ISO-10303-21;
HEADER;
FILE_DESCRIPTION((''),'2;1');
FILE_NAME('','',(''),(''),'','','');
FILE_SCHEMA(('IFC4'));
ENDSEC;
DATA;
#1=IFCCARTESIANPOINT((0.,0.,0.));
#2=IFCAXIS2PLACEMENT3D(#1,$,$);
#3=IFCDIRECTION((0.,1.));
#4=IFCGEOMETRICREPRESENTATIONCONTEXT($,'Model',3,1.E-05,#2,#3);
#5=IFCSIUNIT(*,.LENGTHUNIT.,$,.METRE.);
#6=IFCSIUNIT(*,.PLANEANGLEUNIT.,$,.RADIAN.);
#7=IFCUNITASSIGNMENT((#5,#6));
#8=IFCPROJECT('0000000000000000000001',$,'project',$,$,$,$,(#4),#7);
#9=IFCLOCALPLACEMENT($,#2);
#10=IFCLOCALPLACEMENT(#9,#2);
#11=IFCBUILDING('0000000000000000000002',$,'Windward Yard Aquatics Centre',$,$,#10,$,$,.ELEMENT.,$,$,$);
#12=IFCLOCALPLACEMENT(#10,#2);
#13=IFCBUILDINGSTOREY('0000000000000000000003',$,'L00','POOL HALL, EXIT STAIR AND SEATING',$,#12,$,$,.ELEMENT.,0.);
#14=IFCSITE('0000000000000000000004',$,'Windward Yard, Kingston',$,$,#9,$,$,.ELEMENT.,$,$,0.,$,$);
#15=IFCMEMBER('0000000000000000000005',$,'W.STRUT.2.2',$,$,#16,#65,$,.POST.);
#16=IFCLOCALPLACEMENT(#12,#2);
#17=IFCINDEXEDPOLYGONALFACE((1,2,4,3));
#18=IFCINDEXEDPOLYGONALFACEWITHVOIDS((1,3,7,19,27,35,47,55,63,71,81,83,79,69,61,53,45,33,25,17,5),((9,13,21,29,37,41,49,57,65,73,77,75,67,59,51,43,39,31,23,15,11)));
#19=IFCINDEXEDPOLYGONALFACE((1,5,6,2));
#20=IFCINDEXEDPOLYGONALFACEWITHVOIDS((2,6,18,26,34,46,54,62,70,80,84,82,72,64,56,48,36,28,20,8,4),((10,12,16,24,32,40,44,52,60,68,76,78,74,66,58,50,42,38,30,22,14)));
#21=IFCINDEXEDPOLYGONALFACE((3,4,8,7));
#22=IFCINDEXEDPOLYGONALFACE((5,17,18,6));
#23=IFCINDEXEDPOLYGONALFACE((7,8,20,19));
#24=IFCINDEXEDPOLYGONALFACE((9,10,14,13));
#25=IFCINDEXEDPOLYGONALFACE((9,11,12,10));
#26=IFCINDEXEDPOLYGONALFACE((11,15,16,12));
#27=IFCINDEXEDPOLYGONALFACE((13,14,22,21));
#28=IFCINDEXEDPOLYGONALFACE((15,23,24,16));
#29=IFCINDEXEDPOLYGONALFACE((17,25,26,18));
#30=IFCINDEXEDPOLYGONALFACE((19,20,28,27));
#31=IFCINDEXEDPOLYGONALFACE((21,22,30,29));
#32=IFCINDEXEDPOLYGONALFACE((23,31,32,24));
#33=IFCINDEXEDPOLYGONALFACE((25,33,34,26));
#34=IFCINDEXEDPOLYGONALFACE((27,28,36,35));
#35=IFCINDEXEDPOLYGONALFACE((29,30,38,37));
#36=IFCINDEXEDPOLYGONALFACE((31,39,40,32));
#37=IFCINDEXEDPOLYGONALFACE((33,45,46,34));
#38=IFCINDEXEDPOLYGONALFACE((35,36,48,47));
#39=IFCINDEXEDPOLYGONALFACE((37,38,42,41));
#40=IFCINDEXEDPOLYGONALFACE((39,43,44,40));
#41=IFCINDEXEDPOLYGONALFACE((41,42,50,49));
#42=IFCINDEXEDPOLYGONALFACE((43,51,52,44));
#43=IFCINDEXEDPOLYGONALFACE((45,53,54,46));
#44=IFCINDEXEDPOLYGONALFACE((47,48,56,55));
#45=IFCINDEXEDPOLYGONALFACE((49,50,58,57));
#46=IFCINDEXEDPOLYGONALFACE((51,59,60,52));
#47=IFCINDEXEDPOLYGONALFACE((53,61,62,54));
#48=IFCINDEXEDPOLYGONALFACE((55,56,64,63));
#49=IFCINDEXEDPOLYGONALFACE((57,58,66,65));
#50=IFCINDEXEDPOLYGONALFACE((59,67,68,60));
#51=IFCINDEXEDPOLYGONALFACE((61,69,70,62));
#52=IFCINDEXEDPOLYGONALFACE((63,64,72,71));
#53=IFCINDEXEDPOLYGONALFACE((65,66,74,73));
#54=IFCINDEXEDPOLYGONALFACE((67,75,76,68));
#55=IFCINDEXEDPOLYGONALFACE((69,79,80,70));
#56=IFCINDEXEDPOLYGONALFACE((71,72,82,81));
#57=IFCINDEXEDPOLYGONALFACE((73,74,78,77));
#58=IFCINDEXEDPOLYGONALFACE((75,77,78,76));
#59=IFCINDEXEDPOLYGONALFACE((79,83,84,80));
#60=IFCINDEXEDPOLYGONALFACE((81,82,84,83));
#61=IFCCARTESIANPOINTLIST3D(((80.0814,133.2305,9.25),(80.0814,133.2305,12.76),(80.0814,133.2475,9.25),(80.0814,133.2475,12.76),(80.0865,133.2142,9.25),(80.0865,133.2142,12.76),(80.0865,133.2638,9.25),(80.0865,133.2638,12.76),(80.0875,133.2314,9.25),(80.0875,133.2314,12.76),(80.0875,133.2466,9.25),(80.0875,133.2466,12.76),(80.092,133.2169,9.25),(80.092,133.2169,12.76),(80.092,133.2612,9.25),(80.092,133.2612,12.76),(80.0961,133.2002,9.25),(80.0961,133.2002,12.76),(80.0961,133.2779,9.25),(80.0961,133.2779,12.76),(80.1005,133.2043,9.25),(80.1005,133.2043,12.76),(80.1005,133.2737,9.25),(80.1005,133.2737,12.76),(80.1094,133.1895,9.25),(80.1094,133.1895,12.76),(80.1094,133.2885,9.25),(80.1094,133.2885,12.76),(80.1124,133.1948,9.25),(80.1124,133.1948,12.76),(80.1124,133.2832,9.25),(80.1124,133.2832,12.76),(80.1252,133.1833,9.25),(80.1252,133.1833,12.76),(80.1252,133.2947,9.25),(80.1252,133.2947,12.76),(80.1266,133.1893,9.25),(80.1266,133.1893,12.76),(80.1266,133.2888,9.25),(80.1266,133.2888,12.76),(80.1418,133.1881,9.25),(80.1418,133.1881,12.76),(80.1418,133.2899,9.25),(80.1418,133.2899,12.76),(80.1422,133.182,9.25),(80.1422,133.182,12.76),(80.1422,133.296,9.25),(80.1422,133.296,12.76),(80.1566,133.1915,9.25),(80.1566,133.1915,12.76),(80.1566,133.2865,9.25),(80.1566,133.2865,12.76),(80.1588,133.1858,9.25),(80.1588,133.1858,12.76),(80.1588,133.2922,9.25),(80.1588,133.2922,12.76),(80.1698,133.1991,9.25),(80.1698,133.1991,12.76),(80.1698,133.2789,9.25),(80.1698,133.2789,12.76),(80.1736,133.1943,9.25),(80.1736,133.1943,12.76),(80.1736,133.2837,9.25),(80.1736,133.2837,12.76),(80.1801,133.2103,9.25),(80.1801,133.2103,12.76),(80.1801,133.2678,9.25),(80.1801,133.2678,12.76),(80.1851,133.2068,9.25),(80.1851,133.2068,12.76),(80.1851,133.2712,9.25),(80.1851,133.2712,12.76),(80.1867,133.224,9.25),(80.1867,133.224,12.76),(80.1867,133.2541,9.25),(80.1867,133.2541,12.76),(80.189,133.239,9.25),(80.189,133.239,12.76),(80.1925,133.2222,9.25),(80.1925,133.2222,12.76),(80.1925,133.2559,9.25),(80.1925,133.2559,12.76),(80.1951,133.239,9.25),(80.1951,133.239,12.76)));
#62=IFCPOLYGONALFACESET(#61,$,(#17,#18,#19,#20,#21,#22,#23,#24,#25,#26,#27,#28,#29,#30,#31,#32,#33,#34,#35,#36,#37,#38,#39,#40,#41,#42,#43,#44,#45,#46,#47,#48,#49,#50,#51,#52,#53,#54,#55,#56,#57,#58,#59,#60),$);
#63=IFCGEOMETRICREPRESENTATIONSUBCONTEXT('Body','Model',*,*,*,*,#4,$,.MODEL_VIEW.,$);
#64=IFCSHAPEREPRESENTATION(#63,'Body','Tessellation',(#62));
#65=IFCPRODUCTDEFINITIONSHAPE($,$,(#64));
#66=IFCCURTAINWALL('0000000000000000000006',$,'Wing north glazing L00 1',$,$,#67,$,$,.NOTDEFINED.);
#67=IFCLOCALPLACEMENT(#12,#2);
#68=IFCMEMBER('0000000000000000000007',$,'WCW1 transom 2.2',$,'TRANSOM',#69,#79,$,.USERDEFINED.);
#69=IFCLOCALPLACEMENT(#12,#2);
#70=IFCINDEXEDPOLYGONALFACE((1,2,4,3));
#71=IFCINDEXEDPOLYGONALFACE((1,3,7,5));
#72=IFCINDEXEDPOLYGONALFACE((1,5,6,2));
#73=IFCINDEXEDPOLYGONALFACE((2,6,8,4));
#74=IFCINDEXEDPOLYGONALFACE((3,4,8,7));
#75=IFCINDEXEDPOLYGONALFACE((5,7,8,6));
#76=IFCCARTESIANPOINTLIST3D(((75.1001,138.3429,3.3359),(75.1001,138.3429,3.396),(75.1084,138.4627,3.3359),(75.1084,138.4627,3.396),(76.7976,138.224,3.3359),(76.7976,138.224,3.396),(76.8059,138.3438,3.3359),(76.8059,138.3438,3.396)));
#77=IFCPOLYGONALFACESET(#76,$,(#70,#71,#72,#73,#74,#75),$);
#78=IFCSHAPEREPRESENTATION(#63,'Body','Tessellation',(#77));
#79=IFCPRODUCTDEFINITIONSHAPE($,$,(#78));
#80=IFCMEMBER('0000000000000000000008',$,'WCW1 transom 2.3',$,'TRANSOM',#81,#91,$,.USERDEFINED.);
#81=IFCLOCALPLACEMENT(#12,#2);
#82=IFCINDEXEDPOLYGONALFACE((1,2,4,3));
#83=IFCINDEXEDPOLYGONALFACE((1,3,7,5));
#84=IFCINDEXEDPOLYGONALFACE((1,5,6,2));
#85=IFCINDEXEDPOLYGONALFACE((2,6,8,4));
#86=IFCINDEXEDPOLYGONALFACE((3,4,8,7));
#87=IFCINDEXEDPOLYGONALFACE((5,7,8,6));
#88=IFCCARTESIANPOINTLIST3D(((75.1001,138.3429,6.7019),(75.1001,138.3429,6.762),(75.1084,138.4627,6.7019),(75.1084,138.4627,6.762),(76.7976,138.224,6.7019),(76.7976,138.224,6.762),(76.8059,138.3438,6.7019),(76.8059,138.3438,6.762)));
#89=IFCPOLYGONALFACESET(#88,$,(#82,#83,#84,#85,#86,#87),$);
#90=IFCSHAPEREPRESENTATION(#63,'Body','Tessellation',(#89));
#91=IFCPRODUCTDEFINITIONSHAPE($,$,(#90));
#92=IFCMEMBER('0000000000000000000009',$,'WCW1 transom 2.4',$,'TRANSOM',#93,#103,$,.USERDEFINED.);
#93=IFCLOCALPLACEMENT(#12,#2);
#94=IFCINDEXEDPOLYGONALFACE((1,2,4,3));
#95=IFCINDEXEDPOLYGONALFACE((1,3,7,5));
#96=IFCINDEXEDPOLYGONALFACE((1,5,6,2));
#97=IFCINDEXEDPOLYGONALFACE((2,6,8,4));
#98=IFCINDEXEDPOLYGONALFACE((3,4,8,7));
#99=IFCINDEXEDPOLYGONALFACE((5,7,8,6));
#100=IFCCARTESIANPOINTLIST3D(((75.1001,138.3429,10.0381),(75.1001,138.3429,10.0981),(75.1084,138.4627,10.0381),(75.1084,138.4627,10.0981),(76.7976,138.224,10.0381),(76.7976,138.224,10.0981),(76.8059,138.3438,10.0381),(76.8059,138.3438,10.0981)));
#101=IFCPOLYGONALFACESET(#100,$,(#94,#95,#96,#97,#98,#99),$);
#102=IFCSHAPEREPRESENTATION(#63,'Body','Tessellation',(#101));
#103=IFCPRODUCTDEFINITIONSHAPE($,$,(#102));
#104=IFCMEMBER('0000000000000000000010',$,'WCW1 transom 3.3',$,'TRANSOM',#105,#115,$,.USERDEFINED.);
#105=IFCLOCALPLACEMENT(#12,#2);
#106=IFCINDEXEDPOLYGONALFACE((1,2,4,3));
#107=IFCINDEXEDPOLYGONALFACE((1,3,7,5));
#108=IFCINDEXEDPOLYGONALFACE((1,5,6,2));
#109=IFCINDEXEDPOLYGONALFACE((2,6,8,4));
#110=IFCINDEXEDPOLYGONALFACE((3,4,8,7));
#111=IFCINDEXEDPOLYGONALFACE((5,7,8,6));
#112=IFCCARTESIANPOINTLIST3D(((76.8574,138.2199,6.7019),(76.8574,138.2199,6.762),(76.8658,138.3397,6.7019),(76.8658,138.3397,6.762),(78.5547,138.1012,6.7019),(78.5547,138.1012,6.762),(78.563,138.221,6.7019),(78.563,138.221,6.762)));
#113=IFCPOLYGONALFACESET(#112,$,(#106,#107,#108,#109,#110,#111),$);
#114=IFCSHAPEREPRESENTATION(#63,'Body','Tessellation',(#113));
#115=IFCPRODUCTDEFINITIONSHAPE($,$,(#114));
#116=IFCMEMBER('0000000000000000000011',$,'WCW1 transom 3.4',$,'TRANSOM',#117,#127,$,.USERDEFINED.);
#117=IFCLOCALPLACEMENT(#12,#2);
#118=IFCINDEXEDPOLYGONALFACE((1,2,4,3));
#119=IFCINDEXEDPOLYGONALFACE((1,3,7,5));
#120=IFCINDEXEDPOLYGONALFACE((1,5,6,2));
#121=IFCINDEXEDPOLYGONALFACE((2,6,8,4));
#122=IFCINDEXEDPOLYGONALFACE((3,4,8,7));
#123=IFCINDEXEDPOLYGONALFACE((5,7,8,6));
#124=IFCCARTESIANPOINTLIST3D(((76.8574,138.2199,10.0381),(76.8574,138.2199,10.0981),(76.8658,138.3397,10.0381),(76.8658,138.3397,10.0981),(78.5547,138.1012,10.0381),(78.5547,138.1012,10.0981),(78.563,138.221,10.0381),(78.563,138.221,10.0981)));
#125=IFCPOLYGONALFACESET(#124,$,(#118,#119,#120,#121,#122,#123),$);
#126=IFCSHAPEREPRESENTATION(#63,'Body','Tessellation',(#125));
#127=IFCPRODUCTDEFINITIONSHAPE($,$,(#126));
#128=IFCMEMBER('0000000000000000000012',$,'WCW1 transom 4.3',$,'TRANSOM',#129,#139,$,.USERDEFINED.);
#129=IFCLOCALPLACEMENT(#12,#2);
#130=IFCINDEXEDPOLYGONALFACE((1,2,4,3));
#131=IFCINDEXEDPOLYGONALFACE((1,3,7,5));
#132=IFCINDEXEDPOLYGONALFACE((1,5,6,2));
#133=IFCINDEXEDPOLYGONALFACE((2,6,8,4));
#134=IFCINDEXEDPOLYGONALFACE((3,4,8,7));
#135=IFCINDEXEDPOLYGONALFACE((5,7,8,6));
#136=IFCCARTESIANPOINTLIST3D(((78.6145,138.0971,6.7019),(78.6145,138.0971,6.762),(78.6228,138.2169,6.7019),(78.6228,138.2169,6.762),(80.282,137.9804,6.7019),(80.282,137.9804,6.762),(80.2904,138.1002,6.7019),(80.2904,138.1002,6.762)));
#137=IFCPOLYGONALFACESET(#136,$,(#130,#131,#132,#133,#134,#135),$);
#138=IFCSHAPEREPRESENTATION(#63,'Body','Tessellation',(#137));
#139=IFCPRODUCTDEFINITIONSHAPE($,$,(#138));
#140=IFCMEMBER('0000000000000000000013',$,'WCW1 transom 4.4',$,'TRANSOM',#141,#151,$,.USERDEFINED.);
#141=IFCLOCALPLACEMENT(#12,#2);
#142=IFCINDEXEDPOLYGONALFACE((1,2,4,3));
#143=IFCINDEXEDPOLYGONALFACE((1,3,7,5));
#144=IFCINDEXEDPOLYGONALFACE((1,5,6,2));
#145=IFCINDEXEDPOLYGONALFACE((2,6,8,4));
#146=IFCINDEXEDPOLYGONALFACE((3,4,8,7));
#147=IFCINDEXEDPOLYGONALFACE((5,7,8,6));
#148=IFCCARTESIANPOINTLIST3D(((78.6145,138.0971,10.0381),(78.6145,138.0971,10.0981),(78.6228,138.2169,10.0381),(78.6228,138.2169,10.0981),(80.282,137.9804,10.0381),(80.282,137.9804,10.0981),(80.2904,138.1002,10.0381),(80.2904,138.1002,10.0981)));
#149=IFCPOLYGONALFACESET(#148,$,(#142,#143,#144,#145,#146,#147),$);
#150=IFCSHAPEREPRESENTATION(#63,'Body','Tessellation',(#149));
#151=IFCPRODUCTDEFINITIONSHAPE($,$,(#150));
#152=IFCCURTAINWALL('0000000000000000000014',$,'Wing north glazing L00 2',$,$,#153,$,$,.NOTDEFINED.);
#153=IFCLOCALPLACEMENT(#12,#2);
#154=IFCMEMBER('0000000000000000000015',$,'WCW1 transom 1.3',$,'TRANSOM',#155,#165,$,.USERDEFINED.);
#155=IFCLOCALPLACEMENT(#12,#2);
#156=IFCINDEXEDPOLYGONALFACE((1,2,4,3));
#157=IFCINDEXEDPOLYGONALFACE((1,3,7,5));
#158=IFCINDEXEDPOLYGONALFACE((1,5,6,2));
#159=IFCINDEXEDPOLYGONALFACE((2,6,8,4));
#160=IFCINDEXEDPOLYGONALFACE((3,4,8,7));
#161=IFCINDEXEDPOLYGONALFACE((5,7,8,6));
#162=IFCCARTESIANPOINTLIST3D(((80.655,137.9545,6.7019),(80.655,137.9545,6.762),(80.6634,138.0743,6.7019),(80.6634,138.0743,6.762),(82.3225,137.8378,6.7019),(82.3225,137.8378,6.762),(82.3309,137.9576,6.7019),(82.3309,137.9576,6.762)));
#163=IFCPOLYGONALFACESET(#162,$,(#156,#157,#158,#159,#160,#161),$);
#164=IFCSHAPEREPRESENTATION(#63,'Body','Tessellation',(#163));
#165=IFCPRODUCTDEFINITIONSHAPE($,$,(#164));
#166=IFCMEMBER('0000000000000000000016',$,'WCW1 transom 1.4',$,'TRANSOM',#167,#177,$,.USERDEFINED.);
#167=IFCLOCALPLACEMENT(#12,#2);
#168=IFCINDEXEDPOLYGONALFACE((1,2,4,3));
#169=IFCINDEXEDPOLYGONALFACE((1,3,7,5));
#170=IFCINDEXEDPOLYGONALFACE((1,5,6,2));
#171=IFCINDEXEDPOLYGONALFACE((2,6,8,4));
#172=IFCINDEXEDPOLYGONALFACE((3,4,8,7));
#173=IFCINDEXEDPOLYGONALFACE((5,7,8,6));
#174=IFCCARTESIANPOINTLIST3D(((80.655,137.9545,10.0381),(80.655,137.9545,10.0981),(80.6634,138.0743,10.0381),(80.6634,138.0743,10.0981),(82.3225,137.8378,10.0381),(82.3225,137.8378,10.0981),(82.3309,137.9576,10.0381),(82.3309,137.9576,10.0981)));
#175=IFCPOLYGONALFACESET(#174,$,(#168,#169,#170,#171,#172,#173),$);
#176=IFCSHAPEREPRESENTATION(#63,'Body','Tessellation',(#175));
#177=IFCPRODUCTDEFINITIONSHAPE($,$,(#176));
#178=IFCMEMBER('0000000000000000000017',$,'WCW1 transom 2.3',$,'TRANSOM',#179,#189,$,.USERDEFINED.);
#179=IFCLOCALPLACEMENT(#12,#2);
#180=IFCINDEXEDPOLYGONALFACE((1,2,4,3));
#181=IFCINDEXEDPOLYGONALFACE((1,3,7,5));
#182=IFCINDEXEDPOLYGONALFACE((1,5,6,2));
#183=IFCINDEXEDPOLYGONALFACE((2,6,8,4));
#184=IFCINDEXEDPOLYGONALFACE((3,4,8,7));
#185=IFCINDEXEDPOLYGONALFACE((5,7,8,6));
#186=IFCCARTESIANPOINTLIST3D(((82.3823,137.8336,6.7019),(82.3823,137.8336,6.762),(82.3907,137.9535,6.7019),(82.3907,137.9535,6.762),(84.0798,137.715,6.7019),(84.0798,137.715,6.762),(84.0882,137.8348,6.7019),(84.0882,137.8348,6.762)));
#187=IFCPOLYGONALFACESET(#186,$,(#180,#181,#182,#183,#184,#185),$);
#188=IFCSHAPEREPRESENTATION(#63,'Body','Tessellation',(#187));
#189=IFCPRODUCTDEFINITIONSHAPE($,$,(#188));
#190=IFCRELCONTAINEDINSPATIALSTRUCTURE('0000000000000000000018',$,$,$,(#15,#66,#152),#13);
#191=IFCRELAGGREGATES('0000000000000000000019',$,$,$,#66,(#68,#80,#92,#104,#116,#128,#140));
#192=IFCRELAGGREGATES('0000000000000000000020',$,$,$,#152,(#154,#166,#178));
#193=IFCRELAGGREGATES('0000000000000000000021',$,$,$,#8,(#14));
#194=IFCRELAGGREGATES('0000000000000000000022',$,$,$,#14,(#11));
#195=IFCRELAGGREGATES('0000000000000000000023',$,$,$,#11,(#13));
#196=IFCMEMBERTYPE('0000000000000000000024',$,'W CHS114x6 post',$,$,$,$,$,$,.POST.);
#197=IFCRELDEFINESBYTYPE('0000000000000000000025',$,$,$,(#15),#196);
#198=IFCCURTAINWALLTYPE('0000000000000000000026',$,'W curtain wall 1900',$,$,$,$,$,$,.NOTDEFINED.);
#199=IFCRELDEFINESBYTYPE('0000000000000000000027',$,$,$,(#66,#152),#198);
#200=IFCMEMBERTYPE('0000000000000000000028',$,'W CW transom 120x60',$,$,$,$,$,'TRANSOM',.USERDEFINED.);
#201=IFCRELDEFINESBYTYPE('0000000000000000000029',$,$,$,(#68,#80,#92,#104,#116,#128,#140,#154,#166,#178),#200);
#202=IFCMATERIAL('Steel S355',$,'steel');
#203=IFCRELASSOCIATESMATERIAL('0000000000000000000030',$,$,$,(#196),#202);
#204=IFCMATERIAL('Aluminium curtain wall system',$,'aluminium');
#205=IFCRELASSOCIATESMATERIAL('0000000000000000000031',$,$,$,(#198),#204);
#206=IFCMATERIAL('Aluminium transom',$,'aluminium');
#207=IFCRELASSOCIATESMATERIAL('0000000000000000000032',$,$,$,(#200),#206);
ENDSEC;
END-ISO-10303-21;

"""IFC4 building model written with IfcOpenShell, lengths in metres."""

from ifc_helpers import new_model, si_unit, direction, frame, origin, origin_2d, place, context, subcontext, project, spatial, rectangle, hollow_circle, extrude, material, material_profile, profile_set, type_object, element, aggregate, save


model = new_model("IFC4")

# Units and contexts
model_context = context("Model", 3, precision=1e-05, world=origin(), true_north=direction((0.0, 1.0)))
body_context = subcontext(model_context, "Body", "Model", "MODEL_VIEW")
ifc_project = project(units=[si_unit("LENGTHUNIT", "METRE"), si_unit("PLANEANGLEUNIT", "RADIAN")], contexts=[model_context])

# Site, building, storey
site_placement = place(None, origin())
site = spatial("IfcSite", under=ifc_project, at=site_placement, Name="Windward Yard, Kingston", CompositionType="ELEMENT", RefElevation=0.0)
building_placement = place(site_placement, origin())
building = spatial("IfcBuilding", under=site, at=building_placement, Name="Windward Yard Aquatics Centre", CompositionType="ELEMENT")
storey_placement = place(building_placement, origin())
storey = spatial("IfcBuildingStorey", under=building, at=storey_placement, Name="L00", Description="POOL HALL, EXIT STAIR AND SEATING", CompositionType="ELEMENT", Elevation=0.0)

# Member
ifc_material_1 = material(Name="Steel S355", Category="steel")
ifc_material_profile_1 = material_profile(ifc_material_1, hollow_circle(Radius=0.0571, WallThickness=0.0061, at=origin_2d()), Name="CHS114x6")
ifc_profile_set_1 = profile_set([ifc_material_profile_1], Name="Steel S355")
member_type_1 = type_object("IfcMemberType", Name="W CHS114x6 post", PredefinedType="POST", material=ifc_profile_set_1)
member_1_placement = place(storey_placement, frame((80.1379, 133.239, 9.25), z_axis=(0.0, 0.0, 1.0), x_axis=(1.0, 0.0, 0.0)))
element("IfcMember", 1, at=member_1_placement, inside=storey, type_object=member_type_1, Name="W.STRUT.2.2", PredefinedType="POST", context=body_context, shape_type="SweptSolid", body=[
    extrude(hollow_circle(Radius=0.0571, WallThickness=0.0061, at=origin_2d()), origin(), (0.0, 0.0, 1.0), 3.51),
])

# Curtain walls, members
ifc_material_2 = material(Name="Aluminium curtain wall system", Category="aluminium")
curtain_wall_type = type_object("IfcCurtainWallType", Name="W curtain wall 1900", PredefinedType="NOTDEFINED", material=ifc_material_2)
curtain_wall_1_placement = place(storey_placement, origin())
curtain_wall_1 = element("IfcCurtainWall", 2, at=curtain_wall_1_placement, inside=storey, type_object=curtain_wall_type, Name="Wing north glazing L00 1", PredefinedType="NOTDEFINED")
ifc_material_3 = material(Name="Aluminium transom", Category="aluminium")
ifc_material_profile_2 = material_profile(ifc_material_3, rectangle(XDim=0.1201, YDim=0.0601, at=origin_2d()), Name="AL 120x60")
ifc_profile_set_2 = profile_set([ifc_material_profile_2], Name="Aluminium transom")
member_type_2 = type_object("IfcMemberType", Name="W CW transom 120x60", ElementType="TRANSOM", PredefinedType="USERDEFINED", material=ifc_profile_set_2)
member_2_placement = place(storey_placement, frame((75.1042, 138.4028, 3.366), z_axis=(0.997556, -0.069871, 0.0), x_axis=(0.069871, 0.997556, 0.0)))
member_2 = element("IfcMember", 3, at=member_2_placement, type_object=member_type_2, Name="WCW1 transom 2.2", ObjectType="TRANSOM", PredefinedType="USERDEFINED", context=body_context, shape_type="SweptSolid", body=[
    extrude(rectangle(XDim=0.1201, YDim=0.0601, at=origin_2d()), origin(), (0.0, 0.0, 1.0), 1.7017),
])
member_3_placement = place(storey_placement, frame((75.1042, 138.4028, 6.7319), z_axis=(0.997556, -0.069871, 0.0), x_axis=(0.069871, 0.997556, 0.0)))
member_3 = element("IfcMember", 4, at=member_3_placement, type_object=member_type_2, Name="WCW1 transom 2.3", ObjectType="TRANSOM", PredefinedType="USERDEFINED", context=body_context, shape_type="SweptSolid", body=[
    extrude(rectangle(XDim=0.1201, YDim=0.0601, at=origin_2d()), origin(), (0.0, 0.0, 1.0), 1.7017),
])
member_4_placement = place(storey_placement, frame((75.1042, 138.4028, 10.0681), z_axis=(0.997556, -0.069871, 0.0), x_axis=(0.069871, 0.997556, 0.0)))
member_4 = element("IfcMember", 5, at=member_4_placement, type_object=member_type_2, Name="WCW1 transom 2.4", ObjectType="TRANSOM", PredefinedType="USERDEFINED", context=body_context, shape_type="SweptSolid", body=[
    extrude(rectangle(XDim=0.1201, YDim=0.0601, at=origin_2d()), origin(), (0.0, 0.0, 1.0), 1.7017),
])
member_5_placement = place(storey_placement, frame((76.8616, 138.2798, 6.7319), z_axis=(0.997565, -0.069738, 0.0), x_axis=(0.069738, 0.997565, 0.0)))
member_5 = element("IfcMember", 6, at=member_5_placement, type_object=member_type_2, Name="WCW1 transom 3.3", ObjectType="TRANSOM", PredefinedType="USERDEFINED", context=body_context, shape_type="SweptSolid", body=[
    extrude(rectangle(XDim=0.1201, YDim=0.0601, at=origin_2d()), origin(), (0.0, 0.0, 1.0), 1.7014),
])
member_6_placement = place(storey_placement, frame((76.8616, 138.2798, 10.0681), z_axis=(0.997565, -0.069738, 0.0), x_axis=(0.069738, 0.997565, 0.0)))
member_6 = element("IfcMember", 7, at=member_6_placement, type_object=member_type_2, Name="WCW1 transom 3.4", ObjectType="TRANSOM", PredefinedType="USERDEFINED", context=body_context, shape_type="SweptSolid", body=[
    extrude(rectangle(XDim=0.1201, YDim=0.0601, at=origin_2d()), origin(), (0.0, 0.0, 1.0), 1.7014),
])
member_7_placement = place(storey_placement, frame((78.6187, 138.157, 6.7319), z_axis=(0.99756, -0.069815, 0.0), x_axis=(0.069815, 0.99756, 0.0)))
member_7 = element("IfcMember", 8, at=member_7_placement, type_object=member_type_2, Name="WCW1 transom 4.3", ObjectType="TRANSOM", PredefinedType="USERDEFINED", context=body_context, shape_type="SweptSolid", body=[
    extrude(rectangle(XDim=0.1201, YDim=0.0601, at=origin_2d()), origin(), (0.0, 0.0, 1.0), 1.6716),
])
member_8_placement = place(storey_placement, frame((78.6187, 138.157, 10.0681), z_axis=(0.99756, -0.069815, 0.0), x_axis=(0.069815, 0.99756, 0.0)))
member_8 = element("IfcMember", 9, at=member_8_placement, type_object=member_type_2, Name="WCW1 transom 4.4", ObjectType="TRANSOM", PredefinedType="USERDEFINED", context=body_context, shape_type="SweptSolid", body=[
    extrude(rectangle(XDim=0.1201, YDim=0.0601, at=origin_2d()), origin(), (0.0, 0.0, 1.0), 1.6716),
])
curtain_wall_2_placement = place(storey_placement, origin())
curtain_wall_2 = element("IfcCurtainWall", 10, at=curtain_wall_2_placement, inside=storey, type_object=curtain_wall_type, Name="Wing north glazing L00 2", PredefinedType="NOTDEFINED")
member_9_placement = place(storey_placement, frame((80.6592, 138.0144, 6.7319), z_axis=(0.99756, -0.069815, 0.0), x_axis=(0.069815, 0.99756, 0.0)))
member_9 = element("IfcMember", 11, at=member_9_placement, type_object=member_type_2, Name="WCW1 transom 1.3", ObjectType="TRANSOM", PredefinedType="USERDEFINED", context=body_context, shape_type="SweptSolid", body=[
    extrude(rectangle(XDim=0.1201, YDim=0.0601, at=origin_2d()), origin(), (0.0, 0.0, 1.0), 1.6716),
])
member_10_placement = place(storey_placement, frame((80.6592, 138.0144, 10.0681), z_axis=(0.99756, -0.069815, 0.0), x_axis=(0.069815, 0.99756, 0.0)))
member_10 = element("IfcMember", 12, at=member_10_placement, type_object=member_type_2, Name="WCW1 transom 1.4", ObjectType="TRANSOM", PredefinedType="USERDEFINED", context=body_context, shape_type="SweptSolid", body=[
    extrude(rectangle(XDim=0.1201, YDim=0.0601, at=origin_2d()), origin(), (0.0, 0.0, 1.0), 1.6716),
])
member_11_placement = place(storey_placement, frame((82.3865, 137.8936, 6.7319), z_axis=(0.997566, -0.069728, 0.0), x_axis=(0.069728, 0.997566, 0.0)))
member_11 = element("IfcMember", 13, at=member_11_placement, type_object=member_type_2, Name="WCW1 transom 2.3", ObjectType="TRANSOM", PredefinedType="USERDEFINED", context=body_context, shape_type="SweptSolid", body=[
    extrude(rectangle(XDim=0.1201, YDim=0.0601, at=origin_2d()), origin(), (0.0, 0.0, 1.0), 1.7017),
])

aggregate(curtain_wall_1, [member_2, member_3, member_4, member_5, member_6, member_7, member_8])
aggregate(curtain_wall_2, [member_9, member_10, member_11])

save(model, "model.ifc")
